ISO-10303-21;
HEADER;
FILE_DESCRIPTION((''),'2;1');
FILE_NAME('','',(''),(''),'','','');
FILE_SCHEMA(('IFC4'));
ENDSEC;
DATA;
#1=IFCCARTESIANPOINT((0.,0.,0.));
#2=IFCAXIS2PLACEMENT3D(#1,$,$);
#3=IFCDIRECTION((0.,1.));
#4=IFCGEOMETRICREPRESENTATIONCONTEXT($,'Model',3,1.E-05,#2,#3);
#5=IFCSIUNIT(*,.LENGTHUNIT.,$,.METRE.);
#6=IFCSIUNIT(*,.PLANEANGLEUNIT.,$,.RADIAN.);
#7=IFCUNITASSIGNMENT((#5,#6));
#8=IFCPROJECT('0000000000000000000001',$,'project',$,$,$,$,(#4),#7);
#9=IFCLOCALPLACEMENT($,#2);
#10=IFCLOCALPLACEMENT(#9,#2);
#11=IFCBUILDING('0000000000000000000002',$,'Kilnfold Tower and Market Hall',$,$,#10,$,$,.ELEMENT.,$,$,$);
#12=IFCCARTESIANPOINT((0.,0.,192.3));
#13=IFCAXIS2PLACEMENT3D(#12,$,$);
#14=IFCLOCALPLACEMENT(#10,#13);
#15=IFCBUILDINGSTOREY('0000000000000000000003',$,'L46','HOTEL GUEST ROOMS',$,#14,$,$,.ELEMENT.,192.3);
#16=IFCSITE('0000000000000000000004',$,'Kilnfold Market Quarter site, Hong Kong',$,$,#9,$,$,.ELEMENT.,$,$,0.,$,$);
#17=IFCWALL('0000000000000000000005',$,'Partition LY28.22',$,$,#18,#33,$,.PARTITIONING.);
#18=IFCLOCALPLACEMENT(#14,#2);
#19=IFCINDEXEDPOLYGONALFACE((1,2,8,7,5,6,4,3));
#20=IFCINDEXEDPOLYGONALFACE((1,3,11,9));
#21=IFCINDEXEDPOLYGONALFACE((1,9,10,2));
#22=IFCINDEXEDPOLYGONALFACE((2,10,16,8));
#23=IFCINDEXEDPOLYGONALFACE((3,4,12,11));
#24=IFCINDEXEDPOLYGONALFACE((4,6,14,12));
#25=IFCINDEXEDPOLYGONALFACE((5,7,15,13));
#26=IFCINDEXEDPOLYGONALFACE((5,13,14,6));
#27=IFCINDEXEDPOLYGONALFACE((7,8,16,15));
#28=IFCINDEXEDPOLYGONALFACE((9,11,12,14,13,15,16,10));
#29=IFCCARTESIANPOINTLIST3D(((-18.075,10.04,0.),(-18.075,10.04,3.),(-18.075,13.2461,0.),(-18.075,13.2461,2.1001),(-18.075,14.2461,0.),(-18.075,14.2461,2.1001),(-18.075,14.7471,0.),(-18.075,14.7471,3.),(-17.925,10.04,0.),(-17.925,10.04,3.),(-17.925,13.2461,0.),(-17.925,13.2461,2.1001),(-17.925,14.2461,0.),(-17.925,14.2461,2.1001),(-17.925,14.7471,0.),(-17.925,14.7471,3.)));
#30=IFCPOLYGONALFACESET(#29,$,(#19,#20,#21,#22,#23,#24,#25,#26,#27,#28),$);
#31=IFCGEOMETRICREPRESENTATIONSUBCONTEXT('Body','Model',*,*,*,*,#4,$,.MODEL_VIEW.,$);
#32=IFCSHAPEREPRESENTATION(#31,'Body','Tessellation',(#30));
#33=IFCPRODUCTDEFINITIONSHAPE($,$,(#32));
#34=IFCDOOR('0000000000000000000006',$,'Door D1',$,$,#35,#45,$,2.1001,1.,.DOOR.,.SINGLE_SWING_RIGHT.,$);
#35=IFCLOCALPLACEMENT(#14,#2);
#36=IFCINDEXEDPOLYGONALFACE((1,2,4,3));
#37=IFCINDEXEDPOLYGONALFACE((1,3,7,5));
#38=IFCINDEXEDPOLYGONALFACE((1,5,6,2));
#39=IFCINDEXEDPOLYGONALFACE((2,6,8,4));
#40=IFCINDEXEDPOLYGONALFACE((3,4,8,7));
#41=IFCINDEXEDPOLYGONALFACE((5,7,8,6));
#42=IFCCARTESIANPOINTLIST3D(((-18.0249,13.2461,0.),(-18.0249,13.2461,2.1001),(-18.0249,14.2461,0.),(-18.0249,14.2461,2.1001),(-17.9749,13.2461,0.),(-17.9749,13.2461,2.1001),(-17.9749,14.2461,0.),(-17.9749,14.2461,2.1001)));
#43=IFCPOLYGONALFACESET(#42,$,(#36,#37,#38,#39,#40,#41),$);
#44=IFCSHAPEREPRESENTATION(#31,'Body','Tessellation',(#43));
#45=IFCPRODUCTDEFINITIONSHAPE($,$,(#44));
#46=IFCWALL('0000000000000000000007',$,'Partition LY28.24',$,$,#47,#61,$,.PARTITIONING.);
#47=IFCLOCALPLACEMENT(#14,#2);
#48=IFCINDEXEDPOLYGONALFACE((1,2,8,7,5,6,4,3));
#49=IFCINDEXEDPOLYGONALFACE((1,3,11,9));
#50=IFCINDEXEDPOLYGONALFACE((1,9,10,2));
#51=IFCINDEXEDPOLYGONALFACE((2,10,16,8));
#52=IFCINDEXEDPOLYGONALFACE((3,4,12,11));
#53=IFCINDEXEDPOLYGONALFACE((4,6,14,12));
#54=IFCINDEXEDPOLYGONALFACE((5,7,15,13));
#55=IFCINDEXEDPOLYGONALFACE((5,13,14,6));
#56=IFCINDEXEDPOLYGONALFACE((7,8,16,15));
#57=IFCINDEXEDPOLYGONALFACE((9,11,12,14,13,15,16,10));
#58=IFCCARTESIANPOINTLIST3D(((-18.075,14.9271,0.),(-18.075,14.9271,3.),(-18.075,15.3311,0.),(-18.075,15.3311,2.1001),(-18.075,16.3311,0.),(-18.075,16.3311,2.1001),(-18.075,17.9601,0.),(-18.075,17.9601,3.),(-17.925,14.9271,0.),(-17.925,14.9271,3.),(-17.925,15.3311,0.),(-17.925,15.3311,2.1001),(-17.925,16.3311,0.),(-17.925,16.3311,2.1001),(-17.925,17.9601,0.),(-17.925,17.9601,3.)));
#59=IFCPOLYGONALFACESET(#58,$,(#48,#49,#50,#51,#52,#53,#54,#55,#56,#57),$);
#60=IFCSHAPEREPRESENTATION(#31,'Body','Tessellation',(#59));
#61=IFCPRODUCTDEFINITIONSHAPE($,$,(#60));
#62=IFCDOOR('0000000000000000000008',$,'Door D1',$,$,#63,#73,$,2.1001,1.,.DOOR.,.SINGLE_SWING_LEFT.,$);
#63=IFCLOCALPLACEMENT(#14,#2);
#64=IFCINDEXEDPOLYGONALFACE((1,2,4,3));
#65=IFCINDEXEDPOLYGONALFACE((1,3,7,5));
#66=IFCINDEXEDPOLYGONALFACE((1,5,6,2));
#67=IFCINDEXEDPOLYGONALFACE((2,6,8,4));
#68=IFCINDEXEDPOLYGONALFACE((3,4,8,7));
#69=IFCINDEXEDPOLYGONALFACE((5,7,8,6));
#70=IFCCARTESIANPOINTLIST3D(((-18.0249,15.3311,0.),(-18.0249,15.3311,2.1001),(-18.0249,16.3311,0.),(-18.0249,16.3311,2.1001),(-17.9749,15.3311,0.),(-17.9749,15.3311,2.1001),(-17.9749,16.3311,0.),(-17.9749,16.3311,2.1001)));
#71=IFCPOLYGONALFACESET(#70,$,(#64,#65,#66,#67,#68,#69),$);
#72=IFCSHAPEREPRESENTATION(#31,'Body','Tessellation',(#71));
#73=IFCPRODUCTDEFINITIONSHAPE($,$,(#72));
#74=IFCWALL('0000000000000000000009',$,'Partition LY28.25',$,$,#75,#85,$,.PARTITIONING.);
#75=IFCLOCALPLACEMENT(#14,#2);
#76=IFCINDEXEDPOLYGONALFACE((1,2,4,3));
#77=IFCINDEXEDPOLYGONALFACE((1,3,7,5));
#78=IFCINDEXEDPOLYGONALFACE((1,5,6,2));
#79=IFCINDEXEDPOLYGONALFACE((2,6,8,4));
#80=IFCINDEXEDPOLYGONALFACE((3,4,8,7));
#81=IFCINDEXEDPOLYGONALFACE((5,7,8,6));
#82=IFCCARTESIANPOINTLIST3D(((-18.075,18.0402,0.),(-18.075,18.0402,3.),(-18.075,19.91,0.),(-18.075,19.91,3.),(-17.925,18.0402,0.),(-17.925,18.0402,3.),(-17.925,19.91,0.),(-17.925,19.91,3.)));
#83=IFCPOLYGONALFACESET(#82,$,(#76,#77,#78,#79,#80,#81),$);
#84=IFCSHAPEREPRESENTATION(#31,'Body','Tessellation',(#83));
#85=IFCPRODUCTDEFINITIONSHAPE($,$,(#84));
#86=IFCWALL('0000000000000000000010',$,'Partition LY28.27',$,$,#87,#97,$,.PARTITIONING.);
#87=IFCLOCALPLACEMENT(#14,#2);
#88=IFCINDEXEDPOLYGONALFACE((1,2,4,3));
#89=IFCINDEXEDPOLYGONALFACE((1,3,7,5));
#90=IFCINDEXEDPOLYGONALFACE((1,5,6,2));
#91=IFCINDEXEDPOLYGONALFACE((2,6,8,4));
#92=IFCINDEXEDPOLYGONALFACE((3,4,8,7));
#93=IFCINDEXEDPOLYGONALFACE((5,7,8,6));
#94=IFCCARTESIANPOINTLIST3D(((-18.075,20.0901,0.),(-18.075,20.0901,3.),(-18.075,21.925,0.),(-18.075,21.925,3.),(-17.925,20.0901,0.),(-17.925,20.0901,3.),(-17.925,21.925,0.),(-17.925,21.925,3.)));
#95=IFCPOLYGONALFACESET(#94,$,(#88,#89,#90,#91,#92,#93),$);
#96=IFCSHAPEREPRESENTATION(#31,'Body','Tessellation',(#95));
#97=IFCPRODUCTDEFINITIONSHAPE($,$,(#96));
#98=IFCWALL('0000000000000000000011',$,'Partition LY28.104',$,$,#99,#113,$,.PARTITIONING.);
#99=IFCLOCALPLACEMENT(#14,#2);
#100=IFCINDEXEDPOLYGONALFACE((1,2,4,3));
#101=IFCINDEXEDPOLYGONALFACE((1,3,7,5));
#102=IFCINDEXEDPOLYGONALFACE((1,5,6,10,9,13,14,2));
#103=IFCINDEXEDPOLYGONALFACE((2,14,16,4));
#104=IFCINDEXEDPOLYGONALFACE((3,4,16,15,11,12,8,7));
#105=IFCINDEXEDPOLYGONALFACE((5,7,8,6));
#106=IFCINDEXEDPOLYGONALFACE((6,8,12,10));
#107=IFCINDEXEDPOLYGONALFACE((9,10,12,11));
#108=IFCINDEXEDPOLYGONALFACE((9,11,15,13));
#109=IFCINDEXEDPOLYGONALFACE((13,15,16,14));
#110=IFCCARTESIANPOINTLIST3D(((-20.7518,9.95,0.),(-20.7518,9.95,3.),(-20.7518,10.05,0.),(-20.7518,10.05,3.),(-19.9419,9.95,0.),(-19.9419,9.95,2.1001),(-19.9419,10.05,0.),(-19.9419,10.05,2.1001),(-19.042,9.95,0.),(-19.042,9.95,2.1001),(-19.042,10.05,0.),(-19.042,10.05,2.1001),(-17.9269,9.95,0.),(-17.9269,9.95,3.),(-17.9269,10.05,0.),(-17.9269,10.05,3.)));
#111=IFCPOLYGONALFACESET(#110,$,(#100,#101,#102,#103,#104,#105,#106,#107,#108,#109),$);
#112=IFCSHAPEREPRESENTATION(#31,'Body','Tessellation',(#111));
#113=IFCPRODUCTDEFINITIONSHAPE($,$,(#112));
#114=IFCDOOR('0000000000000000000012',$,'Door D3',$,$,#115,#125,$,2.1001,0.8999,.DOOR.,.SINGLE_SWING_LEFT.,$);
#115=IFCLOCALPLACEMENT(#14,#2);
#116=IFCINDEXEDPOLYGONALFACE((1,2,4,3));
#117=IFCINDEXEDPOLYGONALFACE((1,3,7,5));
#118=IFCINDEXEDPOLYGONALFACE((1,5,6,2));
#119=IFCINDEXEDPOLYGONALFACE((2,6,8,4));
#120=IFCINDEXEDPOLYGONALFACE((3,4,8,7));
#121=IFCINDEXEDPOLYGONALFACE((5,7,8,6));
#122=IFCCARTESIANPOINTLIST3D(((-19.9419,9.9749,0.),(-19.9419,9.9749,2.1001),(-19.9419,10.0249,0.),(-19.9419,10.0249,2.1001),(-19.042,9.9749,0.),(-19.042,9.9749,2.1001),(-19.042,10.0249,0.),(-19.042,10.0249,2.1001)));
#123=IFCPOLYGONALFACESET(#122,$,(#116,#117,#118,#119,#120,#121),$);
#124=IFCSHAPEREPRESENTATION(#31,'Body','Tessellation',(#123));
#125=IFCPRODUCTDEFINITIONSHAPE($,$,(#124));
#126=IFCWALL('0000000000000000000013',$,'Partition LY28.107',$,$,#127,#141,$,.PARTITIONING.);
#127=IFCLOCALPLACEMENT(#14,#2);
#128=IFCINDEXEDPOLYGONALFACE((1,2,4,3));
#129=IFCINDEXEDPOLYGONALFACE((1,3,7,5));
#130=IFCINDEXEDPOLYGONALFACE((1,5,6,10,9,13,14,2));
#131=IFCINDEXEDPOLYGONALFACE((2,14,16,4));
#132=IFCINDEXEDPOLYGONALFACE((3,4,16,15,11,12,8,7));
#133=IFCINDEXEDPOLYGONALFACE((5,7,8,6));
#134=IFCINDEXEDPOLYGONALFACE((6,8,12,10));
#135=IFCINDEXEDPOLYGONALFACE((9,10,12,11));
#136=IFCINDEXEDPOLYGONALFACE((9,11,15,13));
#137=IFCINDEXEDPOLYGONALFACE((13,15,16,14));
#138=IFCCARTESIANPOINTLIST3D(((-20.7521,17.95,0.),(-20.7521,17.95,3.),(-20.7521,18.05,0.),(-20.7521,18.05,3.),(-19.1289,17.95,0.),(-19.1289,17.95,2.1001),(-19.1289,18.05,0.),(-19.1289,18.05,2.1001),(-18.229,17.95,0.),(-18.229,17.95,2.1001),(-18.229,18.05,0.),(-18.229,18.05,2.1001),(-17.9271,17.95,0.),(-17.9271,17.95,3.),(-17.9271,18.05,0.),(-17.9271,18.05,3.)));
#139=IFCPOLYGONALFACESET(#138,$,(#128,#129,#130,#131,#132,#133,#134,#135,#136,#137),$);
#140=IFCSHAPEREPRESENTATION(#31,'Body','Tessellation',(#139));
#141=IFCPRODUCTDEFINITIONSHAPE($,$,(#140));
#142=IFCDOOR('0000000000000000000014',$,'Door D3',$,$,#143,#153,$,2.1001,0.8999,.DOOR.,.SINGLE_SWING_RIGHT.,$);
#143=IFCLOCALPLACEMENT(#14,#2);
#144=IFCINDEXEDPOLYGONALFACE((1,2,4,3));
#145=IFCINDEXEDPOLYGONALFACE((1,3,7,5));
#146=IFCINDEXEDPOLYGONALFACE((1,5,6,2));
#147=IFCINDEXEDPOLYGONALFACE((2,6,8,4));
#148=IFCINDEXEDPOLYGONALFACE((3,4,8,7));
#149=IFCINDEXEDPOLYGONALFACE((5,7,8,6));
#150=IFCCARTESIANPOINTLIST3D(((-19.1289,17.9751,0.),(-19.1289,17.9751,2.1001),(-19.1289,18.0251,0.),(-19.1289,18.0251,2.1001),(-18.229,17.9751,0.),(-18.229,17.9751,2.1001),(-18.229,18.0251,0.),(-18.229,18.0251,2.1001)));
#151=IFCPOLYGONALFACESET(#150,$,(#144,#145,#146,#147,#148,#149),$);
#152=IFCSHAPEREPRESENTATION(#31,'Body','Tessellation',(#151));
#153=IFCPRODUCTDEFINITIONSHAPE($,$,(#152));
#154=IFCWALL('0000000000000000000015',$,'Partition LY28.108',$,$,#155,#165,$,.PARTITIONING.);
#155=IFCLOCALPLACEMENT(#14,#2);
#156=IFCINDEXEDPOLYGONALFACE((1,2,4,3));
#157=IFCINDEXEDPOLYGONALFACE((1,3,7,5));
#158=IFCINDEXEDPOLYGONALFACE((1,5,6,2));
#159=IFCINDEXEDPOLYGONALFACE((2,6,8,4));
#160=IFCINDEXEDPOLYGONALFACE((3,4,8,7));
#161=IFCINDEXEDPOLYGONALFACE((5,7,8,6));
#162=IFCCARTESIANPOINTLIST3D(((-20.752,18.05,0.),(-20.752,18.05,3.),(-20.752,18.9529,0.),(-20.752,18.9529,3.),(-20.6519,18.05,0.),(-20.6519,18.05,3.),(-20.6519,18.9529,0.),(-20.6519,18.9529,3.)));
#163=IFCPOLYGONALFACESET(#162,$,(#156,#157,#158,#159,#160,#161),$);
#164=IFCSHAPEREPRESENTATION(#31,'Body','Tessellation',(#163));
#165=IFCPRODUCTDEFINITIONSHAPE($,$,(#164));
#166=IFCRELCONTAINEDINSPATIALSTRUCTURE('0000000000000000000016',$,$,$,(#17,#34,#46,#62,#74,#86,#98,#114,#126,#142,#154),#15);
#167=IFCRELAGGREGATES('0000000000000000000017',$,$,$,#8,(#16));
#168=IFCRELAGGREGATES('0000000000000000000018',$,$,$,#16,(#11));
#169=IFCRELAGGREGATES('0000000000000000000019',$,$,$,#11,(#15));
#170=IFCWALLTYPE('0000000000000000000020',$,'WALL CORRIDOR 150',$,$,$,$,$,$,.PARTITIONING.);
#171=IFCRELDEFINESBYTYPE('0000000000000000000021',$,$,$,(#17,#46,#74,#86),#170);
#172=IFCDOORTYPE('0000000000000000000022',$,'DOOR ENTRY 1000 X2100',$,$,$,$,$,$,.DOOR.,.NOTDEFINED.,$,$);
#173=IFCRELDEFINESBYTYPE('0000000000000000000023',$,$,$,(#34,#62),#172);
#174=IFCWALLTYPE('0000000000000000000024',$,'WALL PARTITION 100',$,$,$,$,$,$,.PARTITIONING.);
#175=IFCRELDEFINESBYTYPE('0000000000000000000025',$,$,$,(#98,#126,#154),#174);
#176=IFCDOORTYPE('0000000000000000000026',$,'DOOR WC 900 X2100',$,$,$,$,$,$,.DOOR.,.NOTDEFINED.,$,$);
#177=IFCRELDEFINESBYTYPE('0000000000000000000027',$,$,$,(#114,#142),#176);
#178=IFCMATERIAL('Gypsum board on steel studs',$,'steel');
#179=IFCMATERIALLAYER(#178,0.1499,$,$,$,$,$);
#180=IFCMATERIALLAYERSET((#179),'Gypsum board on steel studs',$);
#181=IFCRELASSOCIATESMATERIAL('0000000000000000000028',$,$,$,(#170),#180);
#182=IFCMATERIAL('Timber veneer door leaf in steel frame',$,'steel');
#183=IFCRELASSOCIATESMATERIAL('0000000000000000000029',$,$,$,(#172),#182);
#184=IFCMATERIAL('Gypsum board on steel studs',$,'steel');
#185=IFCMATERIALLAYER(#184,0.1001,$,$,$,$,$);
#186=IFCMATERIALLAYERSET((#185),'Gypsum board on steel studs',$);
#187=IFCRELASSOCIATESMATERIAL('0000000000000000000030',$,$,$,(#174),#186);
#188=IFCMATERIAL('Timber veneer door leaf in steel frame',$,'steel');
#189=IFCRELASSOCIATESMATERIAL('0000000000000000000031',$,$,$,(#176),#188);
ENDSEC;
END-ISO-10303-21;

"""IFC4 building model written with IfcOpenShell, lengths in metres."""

from ifc_helpers import new_model, si_unit, direction, frame, frame_2d, origin, place, context, subcontext, project, spatial, rectangle, extrude, material, layer, layer_set, type_object, element, fill, save


model = new_model("IFC4")

# Units and contexts
model_context = context("Model", 3, precision=1e-05, world=origin(), true_north=direction((0.0, 1.0)))
body_context = subcontext(model_context, "Body", "Model", "MODEL_VIEW")
ifc_project = project(units=[si_unit("LENGTHUNIT", "METRE"), si_unit("PLANEANGLEUNIT", "RADIAN")], contexts=[model_context])

# Site, building, storey
site_placement = place(None, origin())
site = spatial("IfcSite", under=ifc_project, at=site_placement, Name="Kilnfold Market Quarter site, Hong Kong", CompositionType="ELEMENT", RefElevation=0.0)
building_placement = place(site_placement, origin())
building = spatial("IfcBuilding", under=site, at=building_placement, Name="Kilnfold Tower and Market Hall", CompositionType="ELEMENT")
storey_placement = place(building_placement, frame((0.0, 0.0, 192.3)))
storey = spatial("IfcBuildingStorey", under=building, at=storey_placement, Name="L46", Description="HOTEL GUEST ROOMS", CompositionType="ELEMENT", Elevation=192.3)

# Walls, openings, doors
ifc_material_1 = material(Name="Gypsum board on steel studs", Category="steel")
ifc_layer_1 = layer(ifc_material_1, 0.1499)
ifc_layer_set_1 = layer_set([ifc_layer_1], Name="Gypsum board on steel studs")
wall_type_1 = type_object("IfcWallType", Name="WALL CORRIDOR 150", PredefinedType="PARTITIONING", material=ifc_layer_set_1)
wall_1_placement = place(storey_placement, frame((-18.0, 10.04, 0.0), z_axis=(0.0, 0.0, 1.0), x_axis=(0.0, 1.0, 0.0)))
wall_1 = element("IfcWall", 1, at=wall_1_placement, inside=storey, type_object=wall_type_1, Name="Partition LY28.22", PredefinedType="PARTITIONING", context=body_context, shape_type="SweptSolid", body=[
    extrude(rectangle(XDim=4.707, YDim=0.1499, at=frame_2d((2.3535, 0.0))), origin(), (0.0, 0.0, 1.0), 3.0),
])
opening_1_placement = place(wall_1_placement, frame((3.2061, 0.0, 0.0)))
opening_1 = element("IfcOpeningElement", 2, at=opening_1_placement, cuts=wall_1, PredefinedType="OPENING", context=body_context, shape_type="SweptSolid", body=[
    extrude(rectangle(XDim=1.0, YDim=2.1001, at=frame_2d((0.5, 1.05))), frame((0.0, 0.085, 0.0), z_axis=(0.0, -1.0, 0.0), x_axis=(1.0, 0.0, 0.0)), (0.0, 0.0, 1.0), 0.1699),
])
ifc_material_2 = material(Name="Timber veneer door leaf in steel frame", Category="steel")
door_type_1 = type_object("IfcDoorType", Name="DOOR ENTRY 1000 X2100", OperationType="NOTDEFINED", PredefinedType="DOOR", material=ifc_material_2)
door_1_placement = place(opening_1_placement, origin())
door_1 = element("IfcDoor", 3, at=door_1_placement, inside=storey, type_object=door_type_1, Name="Door D1", OperationType="SINGLE_SWING_RIGHT", OverallHeight=2.1001, OverallWidth=1.0, PredefinedType="DOOR", context=body_context, shape_type="SweptSolid", body=[
    extrude(rectangle(XDim=1.0, YDim=2.1001, at=frame_2d((0.5, 1.05))), frame((0.0, 0.0249, 0.0), z_axis=(0.0, -1.0, 0.0), x_axis=(1.0, 0.0, 0.0)), (0.0, 0.0, 1.0), 0.05),
])
fill(opening_1, door_1)
wall_2_placement = place(storey_placement, frame((-18.0, 14.927, 0.0), z_axis=(0.0, 0.0, 1.0), x_axis=(0.0, 1.0, 0.0)))
wall_2 = element("IfcWall", 4, at=wall_2_placement, inside=storey, type_object=wall_type_1, Name="Partition LY28.24", PredefinedType="PARTITIONING", context=body_context, shape_type="SweptSolid", body=[
    extrude(rectangle(XDim=3.033, YDim=0.1499, at=frame_2d((1.5166, 0.0))), origin(), (0.0, 0.0, 1.0), 3.0),
])
opening_2_placement = place(wall_2_placement, frame((0.4041, 0.0, 0.0)))
opening_2 = element("IfcOpeningElement", 5, at=opening_2_placement, cuts=wall_2, PredefinedType="OPENING", context=body_context, shape_type="SweptSolid", body=[
    extrude(rectangle(XDim=1.0, YDim=2.1001, at=frame_2d((0.5, 1.05))), frame((0.0, 0.085, 0.0), z_axis=(0.0, -1.0, 0.0), x_axis=(1.0, 0.0, 0.0)), (0.0, 0.0, 1.0), 0.1699),
])
door_2_placement = place(opening_2_placement, origin())
door_2 = element("IfcDoor", 6, at=door_2_placement, inside=storey, type_object=door_type_1, Name="Door D1", OperationType="SINGLE_SWING_LEFT", OverallHeight=2.1001, OverallWidth=1.0, PredefinedType="DOOR", context=body_context, shape_type="SweptSolid", body=[
    extrude(rectangle(XDim=1.0, YDim=2.1001, at=frame_2d((0.5, 1.05))), frame((0.0, 0.0249, 0.0), z_axis=(0.0, -1.0, 0.0), x_axis=(1.0, 0.0, 0.0)), (0.0, 0.0, 1.0), 0.05),
])
fill(opening_2, door_2)

# Walls
wall_3_placement = place(storey_placement, frame((-18.0, 18.04, 0.0), z_axis=(0.0, 0.0, 1.0), x_axis=(0.0, 1.0, 0.0)))
element("IfcWall", 7, at=wall_3_placement, inside=storey, type_object=wall_type_1, Name="Partition LY28.25", PredefinedType="PARTITIONING", context=body_context, shape_type="SweptSolid", body=[
    extrude(rectangle(XDim=1.8699, YDim=0.1499, at=frame_2d((0.9351, 0.0))), origin(), (0.0, 0.0, 1.0), 3.0),
])
wall_4_placement = place(storey_placement, frame((-18.0, 20.0901, 0.0), z_axis=(0.0, 0.0, 1.0), x_axis=(0.0, 1.0, 0.0)))
element("IfcWall", 8, at=wall_4_placement, inside=storey, type_object=wall_type_1, Name="Partition LY28.27", PredefinedType="PARTITIONING", context=body_context, shape_type="SweptSolid", body=[
    extrude(rectangle(XDim=1.835, YDim=0.1499, at=frame_2d((0.9175, 0.0))), origin(), (0.0, 0.0, 1.0), 3.0),
])

# Walls, openings, doors
ifc_material_3 = material(Name="Gypsum board on steel studs", Category="steel")
ifc_layer_2 = layer(ifc_material_3, 0.1001)
ifc_layer_set_2 = layer_set([ifc_layer_2], Name="Gypsum board on steel studs")
wall_type_2 = type_object("IfcWallType", Name="WALL PARTITION 100", PredefinedType="PARTITIONING", material=ifc_layer_set_2)
wall_5_placement = place(storey_placement, frame((-20.752, 10.0, 0.0), z_axis=(0.0, 0.0, 1.0), x_axis=(1.0, 0.0, 0.0)))
wall_5 = element("IfcWall", 9, at=wall_5_placement, inside=storey, type_object=wall_type_2, Name="Partition LY28.104", PredefinedType="PARTITIONING", context=body_context, shape_type="SweptSolid", body=[
    extrude(rectangle(XDim=2.825, YDim=0.1001, at=frame_2d((1.4126, 0.0))), origin(), (0.0, 0.0, 1.0), 3.0),
])
opening_3_placement = place(wall_5_placement, frame((0.8101, 0.0, 0.0)))
opening_3 = element("IfcOpeningElement", 10, at=opening_3_placement, cuts=wall_5, PredefinedType="OPENING", context=body_context, shape_type="SweptSolid", body=[
    extrude(rectangle(XDim=0.8999, YDim=2.1001, at=frame_2d((0.45, 1.05))), frame((0.0, 0.0601, 0.0), z_axis=(0.0, -1.0, 0.0), x_axis=(1.0, 0.0, 0.0)), (0.0, 0.0, 1.0), 0.1201),
])
ifc_material_4 = material(Name="Timber veneer door leaf in steel frame", Category="steel")
door_type_2 = type_object("IfcDoorType", Name="DOOR WC 900 X2100", OperationType="NOTDEFINED", PredefinedType="DOOR", material=ifc_material_4)
door_3_placement = place(opening_3_placement, origin())
door_3 = element("IfcDoor", 11, at=door_3_placement, inside=storey, type_object=door_type_2, Name="Door D3", OperationType="SINGLE_SWING_LEFT", OverallHeight=2.1001, OverallWidth=0.8999, PredefinedType="DOOR", context=body_context, shape_type="SweptSolid", body=[
    extrude(rectangle(XDim=0.8999, YDim=2.1001, at=frame_2d((0.45, 1.05))), frame((0.0, 0.0249, 0.0), z_axis=(0.0, -1.0, 0.0), x_axis=(1.0, 0.0, 0.0)), (0.0, 0.0, 1.0), 0.05),
])
fill(opening_3, door_3)
wall_6_placement = place(storey_placement, frame((-17.927, 18.0, 0.0), z_axis=(0.0, 0.0, 1.0), x_axis=(-1.0, 0.0, 0.0)))
wall_6 = element("IfcWall", 12, at=wall_6_placement, inside=storey, type_object=wall_type_2, Name="Partition LY28.107", PredefinedType="PARTITIONING", context=body_context, shape_type="SweptSolid", body=[
    extrude(rectangle(XDim=2.825, YDim=0.1001, at=frame_2d((1.4126, 0.0))), origin(), (0.0, 0.0, 1.0), 3.0),
])
opening_4_placement = place(wall_6_placement, frame((0.302, 0.0, 0.0)))
opening_4 = element("IfcOpeningElement", 13, at=opening_4_placement, cuts=wall_6, PredefinedType="OPENING", context=body_context, shape_type="SweptSolid", body=[
    extrude(rectangle(XDim=0.8999, YDim=2.1001, at=frame_2d((0.45, 1.05))), frame((0.0, 0.0601, 0.0), z_axis=(0.0, -1.0, 0.0), x_axis=(1.0, 0.0, 0.0)), (0.0, 0.0, 1.0), 0.1201),
])
door_4_placement = place(opening_4_placement, origin())
door_4 = element("IfcDoor", 14, at=door_4_placement, inside=storey, type_object=door_type_2, Name="Door D3", OperationType="SINGLE_SWING_RIGHT", OverallHeight=2.1001, OverallWidth=0.8999, PredefinedType="DOOR", context=body_context, shape_type="SweptSolid", body=[
    extrude(rectangle(XDim=0.8999, YDim=2.1001, at=frame_2d((0.45, 1.05))), frame((0.0, 0.0249, 0.0), z_axis=(0.0, -1.0, 0.0), x_axis=(1.0, 0.0, 0.0)), (0.0, 0.0, 1.0), 0.05),
])
fill(opening_4, door_4)

# Wall
wall_7_placement = place(storey_placement, frame((-20.7019, 18.05, 0.0), z_axis=(0.0, 0.0, 1.0), x_axis=(0.0, 1.0, 0.0)))
element("IfcWall", 15, at=wall_7_placement, inside=storey, type_object=wall_type_2, Name="Partition LY28.108", PredefinedType="PARTITIONING", context=body_context, shape_type="SweptSolid", body=[
    extrude(rectangle(XDim=0.9028, YDim=0.1001, at=frame_2d((0.4514, 0.0))), origin(), (0.0, 0.0, 1.0), 3.0),
])

save(model, "model.ifc")
